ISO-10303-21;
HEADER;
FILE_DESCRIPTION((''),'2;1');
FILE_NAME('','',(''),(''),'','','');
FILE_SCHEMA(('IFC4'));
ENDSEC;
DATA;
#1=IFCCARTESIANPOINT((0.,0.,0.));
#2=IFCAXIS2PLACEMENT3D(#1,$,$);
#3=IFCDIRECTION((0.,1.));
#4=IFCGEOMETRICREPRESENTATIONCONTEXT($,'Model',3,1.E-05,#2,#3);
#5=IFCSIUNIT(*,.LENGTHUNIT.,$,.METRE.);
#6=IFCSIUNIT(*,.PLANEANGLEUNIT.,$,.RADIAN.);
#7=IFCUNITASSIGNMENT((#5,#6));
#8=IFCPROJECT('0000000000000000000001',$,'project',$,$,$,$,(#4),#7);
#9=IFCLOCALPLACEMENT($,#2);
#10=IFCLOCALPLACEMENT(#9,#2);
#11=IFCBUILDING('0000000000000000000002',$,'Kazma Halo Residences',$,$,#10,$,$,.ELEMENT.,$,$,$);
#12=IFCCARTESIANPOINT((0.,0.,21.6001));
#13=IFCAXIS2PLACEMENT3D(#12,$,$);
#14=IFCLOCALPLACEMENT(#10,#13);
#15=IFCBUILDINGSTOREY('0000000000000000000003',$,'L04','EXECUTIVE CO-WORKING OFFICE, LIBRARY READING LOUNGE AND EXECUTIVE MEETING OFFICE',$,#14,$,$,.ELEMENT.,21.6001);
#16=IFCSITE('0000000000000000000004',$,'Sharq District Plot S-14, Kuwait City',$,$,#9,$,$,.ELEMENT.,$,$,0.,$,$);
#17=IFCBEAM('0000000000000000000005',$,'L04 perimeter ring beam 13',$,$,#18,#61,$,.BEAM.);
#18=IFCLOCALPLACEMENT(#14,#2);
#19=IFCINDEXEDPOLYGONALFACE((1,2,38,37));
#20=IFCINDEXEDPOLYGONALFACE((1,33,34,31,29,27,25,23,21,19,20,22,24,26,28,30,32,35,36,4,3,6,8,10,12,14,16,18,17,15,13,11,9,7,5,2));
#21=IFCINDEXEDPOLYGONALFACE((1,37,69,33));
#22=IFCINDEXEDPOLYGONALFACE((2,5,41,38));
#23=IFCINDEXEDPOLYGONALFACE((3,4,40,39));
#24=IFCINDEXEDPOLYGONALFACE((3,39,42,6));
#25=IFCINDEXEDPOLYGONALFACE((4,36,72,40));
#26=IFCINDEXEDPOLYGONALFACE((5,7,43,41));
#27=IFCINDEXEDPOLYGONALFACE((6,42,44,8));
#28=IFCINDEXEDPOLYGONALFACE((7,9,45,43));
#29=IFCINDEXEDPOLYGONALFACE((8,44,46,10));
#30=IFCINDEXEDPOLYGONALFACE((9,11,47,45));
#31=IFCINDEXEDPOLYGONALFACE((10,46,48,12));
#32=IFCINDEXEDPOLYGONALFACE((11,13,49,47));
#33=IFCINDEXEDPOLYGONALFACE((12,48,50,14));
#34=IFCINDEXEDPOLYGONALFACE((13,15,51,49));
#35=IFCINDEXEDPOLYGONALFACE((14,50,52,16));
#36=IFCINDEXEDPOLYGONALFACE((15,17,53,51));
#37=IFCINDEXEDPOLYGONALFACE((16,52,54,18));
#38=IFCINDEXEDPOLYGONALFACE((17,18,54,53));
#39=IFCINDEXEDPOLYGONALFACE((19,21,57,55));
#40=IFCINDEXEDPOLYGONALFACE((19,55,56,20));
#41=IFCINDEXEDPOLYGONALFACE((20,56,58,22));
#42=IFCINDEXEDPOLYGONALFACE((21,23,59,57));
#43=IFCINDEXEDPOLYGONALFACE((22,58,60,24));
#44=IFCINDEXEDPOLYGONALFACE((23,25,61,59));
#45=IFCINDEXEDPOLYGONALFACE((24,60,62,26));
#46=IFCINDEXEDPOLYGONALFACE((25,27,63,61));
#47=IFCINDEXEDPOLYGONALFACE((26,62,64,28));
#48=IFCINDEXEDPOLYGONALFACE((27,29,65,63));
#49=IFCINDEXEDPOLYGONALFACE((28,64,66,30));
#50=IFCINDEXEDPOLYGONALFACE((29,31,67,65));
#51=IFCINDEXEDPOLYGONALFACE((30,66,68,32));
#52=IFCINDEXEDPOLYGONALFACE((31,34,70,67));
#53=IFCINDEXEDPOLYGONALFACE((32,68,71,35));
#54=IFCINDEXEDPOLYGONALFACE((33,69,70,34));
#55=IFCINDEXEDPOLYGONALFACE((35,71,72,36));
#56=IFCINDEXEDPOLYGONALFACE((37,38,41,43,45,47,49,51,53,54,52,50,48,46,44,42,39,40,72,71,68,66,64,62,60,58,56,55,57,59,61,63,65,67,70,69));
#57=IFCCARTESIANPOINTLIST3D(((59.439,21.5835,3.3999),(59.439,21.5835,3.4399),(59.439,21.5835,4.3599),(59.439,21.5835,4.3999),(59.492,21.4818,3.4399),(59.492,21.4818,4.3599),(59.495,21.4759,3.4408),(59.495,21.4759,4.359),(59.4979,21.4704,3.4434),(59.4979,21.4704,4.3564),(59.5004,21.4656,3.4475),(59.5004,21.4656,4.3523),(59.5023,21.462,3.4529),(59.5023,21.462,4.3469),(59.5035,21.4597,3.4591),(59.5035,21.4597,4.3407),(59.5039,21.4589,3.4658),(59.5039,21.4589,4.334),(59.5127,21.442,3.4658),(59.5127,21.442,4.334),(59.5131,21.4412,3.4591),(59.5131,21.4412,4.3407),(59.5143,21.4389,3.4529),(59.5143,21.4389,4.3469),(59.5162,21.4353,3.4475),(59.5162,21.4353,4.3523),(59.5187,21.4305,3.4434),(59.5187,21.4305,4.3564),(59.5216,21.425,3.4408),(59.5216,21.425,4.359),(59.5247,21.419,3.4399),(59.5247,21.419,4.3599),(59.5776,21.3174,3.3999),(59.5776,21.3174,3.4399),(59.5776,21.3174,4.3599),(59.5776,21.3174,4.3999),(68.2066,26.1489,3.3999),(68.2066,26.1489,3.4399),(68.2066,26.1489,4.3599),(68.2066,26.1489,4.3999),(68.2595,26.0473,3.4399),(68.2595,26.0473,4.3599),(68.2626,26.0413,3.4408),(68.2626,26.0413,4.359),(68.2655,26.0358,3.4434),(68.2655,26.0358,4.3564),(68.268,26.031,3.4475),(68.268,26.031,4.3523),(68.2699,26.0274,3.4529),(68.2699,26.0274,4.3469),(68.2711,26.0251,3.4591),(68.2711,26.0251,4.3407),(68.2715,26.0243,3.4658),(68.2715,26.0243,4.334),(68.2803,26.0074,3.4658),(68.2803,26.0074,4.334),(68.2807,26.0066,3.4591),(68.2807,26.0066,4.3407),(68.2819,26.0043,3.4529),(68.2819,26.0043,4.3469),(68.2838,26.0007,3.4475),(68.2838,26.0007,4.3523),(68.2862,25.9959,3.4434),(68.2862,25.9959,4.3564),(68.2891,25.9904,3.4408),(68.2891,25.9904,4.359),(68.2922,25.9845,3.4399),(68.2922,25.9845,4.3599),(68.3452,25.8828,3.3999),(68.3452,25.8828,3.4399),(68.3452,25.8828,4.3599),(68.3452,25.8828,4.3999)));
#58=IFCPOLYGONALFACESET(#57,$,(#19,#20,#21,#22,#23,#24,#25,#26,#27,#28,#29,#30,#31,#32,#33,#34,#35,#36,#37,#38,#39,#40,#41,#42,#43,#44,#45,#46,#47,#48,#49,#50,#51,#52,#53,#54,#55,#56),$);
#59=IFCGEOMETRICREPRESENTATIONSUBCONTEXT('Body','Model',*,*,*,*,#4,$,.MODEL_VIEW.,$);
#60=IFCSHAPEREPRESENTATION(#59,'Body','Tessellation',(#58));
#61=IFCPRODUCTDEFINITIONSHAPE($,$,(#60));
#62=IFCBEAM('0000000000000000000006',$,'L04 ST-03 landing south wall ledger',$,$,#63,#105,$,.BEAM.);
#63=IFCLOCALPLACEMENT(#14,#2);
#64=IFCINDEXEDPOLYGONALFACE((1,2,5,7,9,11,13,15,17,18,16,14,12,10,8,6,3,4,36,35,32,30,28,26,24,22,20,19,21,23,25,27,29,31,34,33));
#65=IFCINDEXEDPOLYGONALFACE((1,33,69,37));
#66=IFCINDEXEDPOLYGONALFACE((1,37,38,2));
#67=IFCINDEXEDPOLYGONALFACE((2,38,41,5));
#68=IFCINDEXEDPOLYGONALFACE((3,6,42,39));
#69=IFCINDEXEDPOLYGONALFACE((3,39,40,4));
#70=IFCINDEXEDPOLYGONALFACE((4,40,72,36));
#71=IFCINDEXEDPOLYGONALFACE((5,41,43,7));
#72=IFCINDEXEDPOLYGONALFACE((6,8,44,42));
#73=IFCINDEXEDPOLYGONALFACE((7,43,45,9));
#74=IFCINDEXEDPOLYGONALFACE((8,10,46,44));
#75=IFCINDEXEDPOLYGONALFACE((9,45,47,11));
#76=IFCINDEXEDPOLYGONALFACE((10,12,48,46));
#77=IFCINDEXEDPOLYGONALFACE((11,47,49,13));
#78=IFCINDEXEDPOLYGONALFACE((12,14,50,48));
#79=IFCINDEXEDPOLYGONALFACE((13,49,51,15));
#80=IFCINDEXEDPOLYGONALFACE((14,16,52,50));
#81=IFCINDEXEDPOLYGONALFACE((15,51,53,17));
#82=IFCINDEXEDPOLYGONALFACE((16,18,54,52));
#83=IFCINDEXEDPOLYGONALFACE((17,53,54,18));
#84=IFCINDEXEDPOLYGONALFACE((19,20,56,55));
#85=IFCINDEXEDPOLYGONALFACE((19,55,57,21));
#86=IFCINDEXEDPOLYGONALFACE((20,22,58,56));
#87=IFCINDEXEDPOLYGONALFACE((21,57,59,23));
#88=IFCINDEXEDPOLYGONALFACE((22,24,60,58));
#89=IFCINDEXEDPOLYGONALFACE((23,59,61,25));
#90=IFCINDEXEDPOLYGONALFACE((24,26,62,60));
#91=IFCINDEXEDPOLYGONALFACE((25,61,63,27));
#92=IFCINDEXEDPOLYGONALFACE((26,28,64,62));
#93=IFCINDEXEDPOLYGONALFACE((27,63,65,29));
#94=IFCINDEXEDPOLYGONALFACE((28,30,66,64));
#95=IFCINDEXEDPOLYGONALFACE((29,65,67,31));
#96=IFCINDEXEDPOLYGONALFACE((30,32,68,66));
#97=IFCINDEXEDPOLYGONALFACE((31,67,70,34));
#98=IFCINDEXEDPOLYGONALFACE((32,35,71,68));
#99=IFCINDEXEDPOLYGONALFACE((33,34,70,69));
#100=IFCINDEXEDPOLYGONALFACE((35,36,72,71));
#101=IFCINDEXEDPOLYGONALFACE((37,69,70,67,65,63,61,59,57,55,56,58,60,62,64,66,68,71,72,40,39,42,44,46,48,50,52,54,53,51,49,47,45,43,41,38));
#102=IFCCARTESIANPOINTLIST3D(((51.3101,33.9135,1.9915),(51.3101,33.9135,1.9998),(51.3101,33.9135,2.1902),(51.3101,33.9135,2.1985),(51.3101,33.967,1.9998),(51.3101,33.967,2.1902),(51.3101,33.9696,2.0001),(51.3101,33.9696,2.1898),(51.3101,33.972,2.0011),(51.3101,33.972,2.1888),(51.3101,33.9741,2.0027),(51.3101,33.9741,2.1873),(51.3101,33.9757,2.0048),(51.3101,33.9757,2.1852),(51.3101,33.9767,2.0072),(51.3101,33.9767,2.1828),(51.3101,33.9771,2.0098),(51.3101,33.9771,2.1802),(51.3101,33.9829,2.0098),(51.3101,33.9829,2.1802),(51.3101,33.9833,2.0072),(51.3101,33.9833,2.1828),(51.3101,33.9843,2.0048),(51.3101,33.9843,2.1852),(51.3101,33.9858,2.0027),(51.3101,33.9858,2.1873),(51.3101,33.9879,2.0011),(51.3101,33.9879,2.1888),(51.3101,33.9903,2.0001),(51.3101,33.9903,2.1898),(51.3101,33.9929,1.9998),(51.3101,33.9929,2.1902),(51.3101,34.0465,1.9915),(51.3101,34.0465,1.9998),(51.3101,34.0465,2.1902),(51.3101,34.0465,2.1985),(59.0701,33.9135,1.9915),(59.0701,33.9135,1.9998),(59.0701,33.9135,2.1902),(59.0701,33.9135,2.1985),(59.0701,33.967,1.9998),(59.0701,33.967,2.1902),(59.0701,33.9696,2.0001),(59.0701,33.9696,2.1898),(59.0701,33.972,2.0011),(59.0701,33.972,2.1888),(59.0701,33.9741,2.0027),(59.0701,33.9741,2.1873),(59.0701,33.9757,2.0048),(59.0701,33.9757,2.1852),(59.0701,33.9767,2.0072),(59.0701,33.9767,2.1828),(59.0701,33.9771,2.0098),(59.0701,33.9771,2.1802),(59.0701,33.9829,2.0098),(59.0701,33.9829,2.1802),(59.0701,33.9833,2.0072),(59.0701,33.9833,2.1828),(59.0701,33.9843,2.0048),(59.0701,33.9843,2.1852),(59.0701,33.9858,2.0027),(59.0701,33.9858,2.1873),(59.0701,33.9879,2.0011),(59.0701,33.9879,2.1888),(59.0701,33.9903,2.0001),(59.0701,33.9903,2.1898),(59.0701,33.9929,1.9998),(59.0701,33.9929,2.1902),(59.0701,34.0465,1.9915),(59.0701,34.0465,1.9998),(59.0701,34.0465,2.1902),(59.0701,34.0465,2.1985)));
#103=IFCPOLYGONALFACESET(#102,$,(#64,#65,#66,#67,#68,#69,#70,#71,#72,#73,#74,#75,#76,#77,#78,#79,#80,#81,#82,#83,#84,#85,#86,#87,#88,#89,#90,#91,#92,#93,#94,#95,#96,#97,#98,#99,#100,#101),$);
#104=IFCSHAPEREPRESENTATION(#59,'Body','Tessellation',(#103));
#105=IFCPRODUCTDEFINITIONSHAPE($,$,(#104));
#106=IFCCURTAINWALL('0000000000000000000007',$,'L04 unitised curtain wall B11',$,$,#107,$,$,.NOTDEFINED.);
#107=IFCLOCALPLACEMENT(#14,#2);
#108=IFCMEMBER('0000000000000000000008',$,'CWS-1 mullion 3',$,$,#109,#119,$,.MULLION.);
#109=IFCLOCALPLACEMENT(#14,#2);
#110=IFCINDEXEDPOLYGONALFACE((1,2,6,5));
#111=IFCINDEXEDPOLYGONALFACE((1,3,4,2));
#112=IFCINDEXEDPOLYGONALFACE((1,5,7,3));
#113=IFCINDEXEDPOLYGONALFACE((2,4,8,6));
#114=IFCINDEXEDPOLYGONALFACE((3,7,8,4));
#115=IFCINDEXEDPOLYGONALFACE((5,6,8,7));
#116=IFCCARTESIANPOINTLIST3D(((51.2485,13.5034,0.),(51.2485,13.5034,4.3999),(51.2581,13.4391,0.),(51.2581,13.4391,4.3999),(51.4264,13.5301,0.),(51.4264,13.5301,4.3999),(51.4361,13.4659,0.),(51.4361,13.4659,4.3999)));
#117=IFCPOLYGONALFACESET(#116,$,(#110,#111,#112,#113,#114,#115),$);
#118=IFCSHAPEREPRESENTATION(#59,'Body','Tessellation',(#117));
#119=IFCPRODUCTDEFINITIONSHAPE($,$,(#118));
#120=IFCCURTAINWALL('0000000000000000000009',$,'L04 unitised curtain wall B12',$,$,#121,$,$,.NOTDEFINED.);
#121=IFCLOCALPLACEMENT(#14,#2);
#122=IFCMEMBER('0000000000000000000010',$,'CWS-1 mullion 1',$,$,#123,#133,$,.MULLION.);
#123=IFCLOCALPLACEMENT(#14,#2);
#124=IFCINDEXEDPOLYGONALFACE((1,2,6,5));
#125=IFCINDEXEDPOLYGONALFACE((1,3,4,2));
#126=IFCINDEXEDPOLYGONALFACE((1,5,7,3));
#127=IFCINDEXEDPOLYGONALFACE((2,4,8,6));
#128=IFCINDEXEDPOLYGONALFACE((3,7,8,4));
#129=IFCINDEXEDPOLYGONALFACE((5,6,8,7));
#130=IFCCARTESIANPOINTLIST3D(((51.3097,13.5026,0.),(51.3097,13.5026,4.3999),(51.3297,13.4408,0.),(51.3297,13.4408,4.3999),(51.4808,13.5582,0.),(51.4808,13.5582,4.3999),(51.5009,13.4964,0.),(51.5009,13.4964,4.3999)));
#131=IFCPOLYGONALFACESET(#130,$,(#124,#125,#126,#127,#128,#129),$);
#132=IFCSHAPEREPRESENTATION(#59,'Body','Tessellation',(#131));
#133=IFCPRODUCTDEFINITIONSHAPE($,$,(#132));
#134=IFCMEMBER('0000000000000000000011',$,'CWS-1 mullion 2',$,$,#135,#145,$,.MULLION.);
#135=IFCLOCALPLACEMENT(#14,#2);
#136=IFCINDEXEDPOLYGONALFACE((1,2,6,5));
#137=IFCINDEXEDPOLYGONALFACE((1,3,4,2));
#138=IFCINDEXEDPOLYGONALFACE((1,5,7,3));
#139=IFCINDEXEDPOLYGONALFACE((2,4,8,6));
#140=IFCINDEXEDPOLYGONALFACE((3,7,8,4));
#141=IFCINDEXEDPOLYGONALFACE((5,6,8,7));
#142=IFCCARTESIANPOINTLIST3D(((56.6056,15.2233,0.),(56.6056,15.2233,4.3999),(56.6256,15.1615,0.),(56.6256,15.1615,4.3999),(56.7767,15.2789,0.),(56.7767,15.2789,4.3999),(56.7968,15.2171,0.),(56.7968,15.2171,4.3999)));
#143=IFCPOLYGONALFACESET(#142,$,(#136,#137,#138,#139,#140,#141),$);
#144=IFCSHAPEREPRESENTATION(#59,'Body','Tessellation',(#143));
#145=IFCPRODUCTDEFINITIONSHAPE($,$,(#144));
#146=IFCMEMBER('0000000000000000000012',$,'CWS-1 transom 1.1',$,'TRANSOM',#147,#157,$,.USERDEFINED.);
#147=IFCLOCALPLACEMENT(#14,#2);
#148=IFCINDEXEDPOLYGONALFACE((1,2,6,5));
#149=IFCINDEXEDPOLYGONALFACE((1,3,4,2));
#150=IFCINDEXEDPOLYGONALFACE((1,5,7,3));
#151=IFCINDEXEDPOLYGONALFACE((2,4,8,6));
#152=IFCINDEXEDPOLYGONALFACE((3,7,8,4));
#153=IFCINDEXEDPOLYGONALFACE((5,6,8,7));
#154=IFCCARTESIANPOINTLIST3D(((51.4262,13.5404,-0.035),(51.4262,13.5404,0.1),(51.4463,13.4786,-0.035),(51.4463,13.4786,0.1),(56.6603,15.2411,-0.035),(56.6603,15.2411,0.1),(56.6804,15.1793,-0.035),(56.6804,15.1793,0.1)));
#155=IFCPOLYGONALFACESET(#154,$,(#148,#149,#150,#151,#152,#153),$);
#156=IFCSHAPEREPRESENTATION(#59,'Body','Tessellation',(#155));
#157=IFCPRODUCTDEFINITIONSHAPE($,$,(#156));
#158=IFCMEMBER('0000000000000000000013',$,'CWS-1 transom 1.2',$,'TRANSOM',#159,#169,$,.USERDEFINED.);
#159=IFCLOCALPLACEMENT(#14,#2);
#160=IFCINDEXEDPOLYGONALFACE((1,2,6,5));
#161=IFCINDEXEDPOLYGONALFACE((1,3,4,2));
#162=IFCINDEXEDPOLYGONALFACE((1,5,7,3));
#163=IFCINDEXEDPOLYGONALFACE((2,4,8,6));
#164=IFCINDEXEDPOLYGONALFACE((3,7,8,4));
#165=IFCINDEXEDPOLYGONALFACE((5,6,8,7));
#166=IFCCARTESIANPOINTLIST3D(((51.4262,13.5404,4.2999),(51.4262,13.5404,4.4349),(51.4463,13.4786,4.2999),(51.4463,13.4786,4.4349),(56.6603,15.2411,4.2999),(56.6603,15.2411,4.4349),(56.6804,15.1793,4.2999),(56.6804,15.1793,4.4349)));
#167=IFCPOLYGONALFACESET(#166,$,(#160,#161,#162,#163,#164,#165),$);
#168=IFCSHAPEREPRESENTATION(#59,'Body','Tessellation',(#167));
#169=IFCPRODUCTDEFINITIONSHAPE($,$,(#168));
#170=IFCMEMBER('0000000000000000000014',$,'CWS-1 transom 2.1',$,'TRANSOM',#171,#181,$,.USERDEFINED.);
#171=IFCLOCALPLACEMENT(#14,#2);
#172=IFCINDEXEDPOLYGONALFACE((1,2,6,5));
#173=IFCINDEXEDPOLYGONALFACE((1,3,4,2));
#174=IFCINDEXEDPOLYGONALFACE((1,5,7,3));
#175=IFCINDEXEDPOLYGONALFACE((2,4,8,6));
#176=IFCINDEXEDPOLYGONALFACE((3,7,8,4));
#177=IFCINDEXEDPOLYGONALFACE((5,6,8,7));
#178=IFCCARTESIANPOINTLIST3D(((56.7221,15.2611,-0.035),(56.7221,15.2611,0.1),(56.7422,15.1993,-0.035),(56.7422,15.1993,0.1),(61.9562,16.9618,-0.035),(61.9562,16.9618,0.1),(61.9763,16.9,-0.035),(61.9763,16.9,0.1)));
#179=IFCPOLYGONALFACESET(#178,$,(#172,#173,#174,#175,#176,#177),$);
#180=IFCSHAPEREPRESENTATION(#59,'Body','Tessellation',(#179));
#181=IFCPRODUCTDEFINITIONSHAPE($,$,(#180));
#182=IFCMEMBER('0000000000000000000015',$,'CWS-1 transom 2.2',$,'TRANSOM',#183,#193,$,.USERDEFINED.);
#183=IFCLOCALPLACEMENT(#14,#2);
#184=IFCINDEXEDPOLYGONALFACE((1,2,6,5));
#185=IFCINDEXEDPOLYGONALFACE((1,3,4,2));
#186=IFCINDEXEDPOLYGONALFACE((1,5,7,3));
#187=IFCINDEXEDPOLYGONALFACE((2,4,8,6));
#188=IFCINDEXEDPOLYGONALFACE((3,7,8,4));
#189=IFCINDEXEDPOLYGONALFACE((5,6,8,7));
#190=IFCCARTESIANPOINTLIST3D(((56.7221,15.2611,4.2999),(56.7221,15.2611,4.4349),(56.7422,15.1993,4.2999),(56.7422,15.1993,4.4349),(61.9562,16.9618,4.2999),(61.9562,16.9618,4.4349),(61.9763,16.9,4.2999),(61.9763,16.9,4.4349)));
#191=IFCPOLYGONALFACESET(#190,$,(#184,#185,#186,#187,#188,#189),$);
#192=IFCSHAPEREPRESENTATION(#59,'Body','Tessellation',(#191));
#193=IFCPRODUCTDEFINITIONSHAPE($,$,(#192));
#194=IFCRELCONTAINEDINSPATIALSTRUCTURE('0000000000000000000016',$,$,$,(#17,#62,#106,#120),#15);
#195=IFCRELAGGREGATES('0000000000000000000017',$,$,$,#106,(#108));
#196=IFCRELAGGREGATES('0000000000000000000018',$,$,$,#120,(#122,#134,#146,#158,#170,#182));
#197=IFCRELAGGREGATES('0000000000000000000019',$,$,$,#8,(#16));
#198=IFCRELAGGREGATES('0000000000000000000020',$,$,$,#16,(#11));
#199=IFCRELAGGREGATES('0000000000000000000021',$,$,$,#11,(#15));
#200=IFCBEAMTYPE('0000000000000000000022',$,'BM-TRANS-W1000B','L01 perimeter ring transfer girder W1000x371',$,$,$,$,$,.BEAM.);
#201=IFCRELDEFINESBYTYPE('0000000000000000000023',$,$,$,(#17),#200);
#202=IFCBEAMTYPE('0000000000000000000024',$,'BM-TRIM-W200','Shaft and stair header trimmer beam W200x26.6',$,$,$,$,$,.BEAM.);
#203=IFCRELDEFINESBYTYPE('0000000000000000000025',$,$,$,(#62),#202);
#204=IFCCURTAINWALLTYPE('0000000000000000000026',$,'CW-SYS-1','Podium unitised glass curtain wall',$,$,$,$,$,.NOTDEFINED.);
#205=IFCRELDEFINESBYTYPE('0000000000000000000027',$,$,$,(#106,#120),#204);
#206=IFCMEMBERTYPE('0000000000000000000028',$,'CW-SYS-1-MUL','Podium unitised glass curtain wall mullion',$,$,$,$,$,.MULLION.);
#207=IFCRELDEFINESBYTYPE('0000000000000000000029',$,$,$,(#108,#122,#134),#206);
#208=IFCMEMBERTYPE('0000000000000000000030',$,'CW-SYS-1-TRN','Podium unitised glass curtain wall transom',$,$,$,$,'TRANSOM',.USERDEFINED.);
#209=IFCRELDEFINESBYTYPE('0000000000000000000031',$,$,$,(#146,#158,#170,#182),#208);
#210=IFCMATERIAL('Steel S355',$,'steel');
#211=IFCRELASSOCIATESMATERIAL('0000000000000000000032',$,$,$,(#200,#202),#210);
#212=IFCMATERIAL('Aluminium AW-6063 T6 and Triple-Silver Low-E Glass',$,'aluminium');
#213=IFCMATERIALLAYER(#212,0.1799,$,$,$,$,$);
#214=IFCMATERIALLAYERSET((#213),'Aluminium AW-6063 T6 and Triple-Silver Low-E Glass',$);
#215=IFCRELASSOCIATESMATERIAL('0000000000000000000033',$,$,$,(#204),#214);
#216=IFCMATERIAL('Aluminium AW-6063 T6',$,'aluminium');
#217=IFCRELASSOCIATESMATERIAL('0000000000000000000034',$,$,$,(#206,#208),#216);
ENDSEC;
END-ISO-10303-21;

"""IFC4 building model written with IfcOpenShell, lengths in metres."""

from ifc_helpers import new_model, si_unit, direction, frame, origin, origin_2d, place, context, subcontext, project, spatial, rectangle, i_section, extrude, material, layer, layer_set, material_profile, profile_set, type_object, element, aggregate, save


model = new_model("IFC4")

# Units and contexts
model_context = context("Model", 3, precision=1e-05, world=origin(), true_north=direction((0.0, 1.0)))
body_context = subcontext(model_context, "Body", "Model", "MODEL_VIEW")
ifc_project = project(units=[si_unit("LENGTHUNIT", "METRE"), si_unit("PLANEANGLEUNIT", "RADIAN")], contexts=[model_context])

# Site, building, storey
site_placement = place(None, origin())
site = spatial("IfcSite", under=ifc_project, at=site_placement, Name="Sharq District Plot S-14, Kuwait City", CompositionType="ELEMENT", RefElevation=0.0)
building_placement = place(site_placement, origin())
building = spatial("IfcBuilding", under=site, at=building_placement, Name="Kazma Halo Residences", CompositionType="ELEMENT")
storey_placement = place(building_placement, frame((0.0, 0.0, 21.6001)))
storey = spatial("IfcBuildingStorey", under=building, at=storey_placement, Name="L04", Description="EXECUTIVE CO-WORKING OFFICE, LIBRARY READING LOUNGE AND EXECUTIVE MEETING OFFICE", CompositionType="ELEMENT", Elevation=21.6001)

# Beams
ifc_material_1 = material(Name="Steel S355", Category="steel")
ifc_material_profile_1 = material_profile(ifc_material_1, i_section(OverallWidth=0.3, OverallDepth=1.0, WebThickness=0.019, FlangeThickness=0.04, FilletRadius=0.0259, at=origin_2d()), Name="W1000x371")
ifc_profile_set_1 = profile_set([ifc_material_profile_1], Name="Steel S355")
beam_type_1 = type_object("IfcBeamType", Name="BM-TRANS-W1000B", Description="L01 perimeter ring transfer girder W1000x371", PredefinedType="BEAM", material=ifc_profile_set_1)
beam_1_placement = place(storey_placement, frame((59.5083, 21.4504, 3.8999), z_axis=(0.886956, 0.461853, 0.0), x_axis=(-0.461853, 0.886956, 0.0)))
element("IfcBeam", 1, at=beam_1_placement, inside=storey, type_object=beam_type_1, Name="L04 perimeter ring beam 13", PredefinedType="BEAM", context=body_context, shape_type="SweptSolid", body=[
    extrude(i_section(OverallWidth=0.3, OverallDepth=1.0, WebThickness=0.019, FlangeThickness=0.04, FilletRadius=0.0259, at=origin_2d()), origin(), (0.0, 0.0, 1.0), 9.885),
])
ifc_material_profile_2 = material_profile(ifc_material_1, i_section(OverallWidth=0.1331, OverallDepth=0.207, WebThickness=0.0059, FlangeThickness=0.0083, FilletRadius=0.01, at=origin_2d()), Name="W200x26.6")
ifc_profile_set_2 = profile_set([ifc_material_profile_2], Name="Steel S355")
beam_type_2 = type_object("IfcBeamType", Name="BM-TRIM-W200", Description="Shaft and stair header trimmer beam W200x26.6", PredefinedType="BEAM", material=ifc_profile_set_2)
beam_2_placement = place(storey_placement, frame((51.3101, 33.98, 2.095), z_axis=(1.0, 0.0, 0.0), x_axis=(0.0, 1.0, 0.0)))
element("IfcBeam", 2, at=beam_2_placement, inside=storey, type_object=beam_type_2, Name="L04 ST-03 landing south wall ledger", PredefinedType="BEAM", context=body_context, shape_type="SweptSolid", body=[
    extrude(i_section(OverallWidth=0.1331, OverallDepth=0.207, WebThickness=0.0059, FlangeThickness=0.0083, FilletRadius=0.01, at=origin_2d()), origin(), (0.0, 0.0, 1.0), 7.76),
])

# Curtain wall, member
ifc_material_2 = material(Name="Aluminium AW-6063 T6 and Triple-Silver Low-E Glass", Category="aluminium")
ifc_layer_1 = layer(ifc_material_2, 0.1799)
ifc_layer_set_1 = layer_set([ifc_layer_1], Name="Aluminium AW-6063 T6 and Triple-Silver Low-E Glass")
curtain_wall_type = type_object("IfcCurtainWallType", Name="CW-SYS-1", Description="Podium unitised glass curtain wall", PredefinedType="NOTDEFINED", material=ifc_layer_set_1)
curtain_wall_1_placement = place(storey_placement, origin())
curtain_wall_1 = element("IfcCurtainWall", 3, at=curtain_wall_1_placement, inside=storey, type_object=curtain_wall_type, Name="L04 unitised curtain wall B11", PredefinedType="NOTDEFINED")
ifc_material_3 = material(Name="Aluminium AW-6063 T6", Category="aluminium")
ifc_material_profile_3 = material_profile(ifc_material_3, rectangle(XDim=0.0649, YDim=0.1799, at=origin_2d()), Name="CWM-65x180")
ifc_profile_set_3 = profile_set([ifc_material_profile_3], Name="Aluminium AW-6063 T6")
member_type_1 = type_object("IfcMemberType", Name="CW-SYS-1-MUL", Description="Podium unitised glass curtain wall mullion", PredefinedType="MULLION", material=ifc_profile_set_3)
member_1_placement = place(storey_placement, frame((51.3423, 13.4846, 0.0), z_axis=(0.0, 0.0, 1.0), x_axis=(-0.148549, 0.988905, 0.0)))
member_1 = element("IfcMember", 4, at=member_1_placement, type_object=member_type_1, Name="CWS-1 mullion 3", PredefinedType="MULLION", context=body_context, shape_type="SweptSolid", body=[
    extrude(rectangle(XDim=0.0649, YDim=0.1799, at=origin_2d()), origin(), (0.0, 0.0, 1.0), 4.3999),
])
aggregate(curtain_wall_1, [member_1])

# Curtain wall, members
curtain_wall_2_placement = place(storey_placement, origin())
curtain_wall_2 = element("IfcCurtainWall", 5, at=curtain_wall_2_placement, inside=storey, type_object=curtain_wall_type, Name="L04 unitised curtain wall B12", PredefinedType="NOTDEFINED")
member_2_placement = place(storey_placement, frame((51.4053, 13.4995, 0.0), z_axis=(0.0, 0.0, 1.0), x_axis=(-0.309017, 0.951056, 0.0)))
member_2 = element("IfcMember", 6, at=member_2_placement, type_object=member_type_1, Name="CWS-1 mullion 1", PredefinedType="MULLION", context=body_context, shape_type="SweptSolid", body=[
    extrude(rectangle(XDim=0.0649, YDim=0.1799, at=origin_2d()), origin(), (0.0, 0.0, 1.0), 4.3999),
])
member_3_placement = place(storey_placement, frame((56.7012, 15.2202, 0.0), z_axis=(0.0, 0.0, 1.0), x_axis=(-0.309017, 0.951056, 0.0)))
member_3 = element("IfcMember", 7, at=member_3_placement, type_object=member_type_1, Name="CWS-1 mullion 2", PredefinedType="MULLION", context=body_context, shape_type="SweptSolid", body=[
    extrude(rectangle(XDim=0.0649, YDim=0.1799, at=origin_2d()), origin(), (0.0, 0.0, 1.0), 4.3999),
])
ifc_material_profile_4 = material_profile(ifc_material_3, rectangle(XDim=0.0649, YDim=0.135, at=origin_2d()), Name="CWT-65x135")
ifc_profile_set_4 = profile_set([ifc_material_profile_4], Name="Aluminium AW-6063 T6")
member_type_2 = type_object("IfcMemberType", Name="CW-SYS-1-TRN", Description="Podium unitised glass curtain wall transom", ElementType="TRANSOM", PredefinedType="USERDEFINED", material=ifc_profile_set_4)
member_4_placement = place(storey_placement, frame((51.4363, 13.5095, 0.0325), z_axis=(0.951056, 0.309019, 0.0), x_axis=(-0.309019, 0.951056, 0.0)))
member_4 = element("IfcMember", 8, at=member_4_placement, type_object=member_type_2, Name="CWS-1 transom 1.1", ObjectType="TRANSOM", PredefinedType="USERDEFINED", context=body_context, shape_type="SweptSolid", body=[
    extrude(rectangle(XDim=0.0649, YDim=0.135, at=origin_2d()), origin(), (0.0, 0.0, 1.0), 5.5034),
])
member_5_placement = place(storey_placement, frame((51.4363, 13.5095, 4.3674), z_axis=(0.951056, 0.309019, 0.0), x_axis=(-0.309019, 0.951056, 0.0)))
member_5 = element("IfcMember", 9, at=member_5_placement, type_object=member_type_2, Name="CWS-1 transom 1.2", ObjectType="TRANSOM", PredefinedType="USERDEFINED", context=body_context, shape_type="SweptSolid", body=[
    extrude(rectangle(XDim=0.0649, YDim=0.135, at=origin_2d()), origin(), (0.0, 0.0, 1.0), 5.5034),
])
member_6_placement = place(storey_placement, frame((56.7322, 15.2302, 0.0325), z_axis=(0.951056, 0.309019, 0.0), x_axis=(-0.309019, 0.951056, 0.0)))
member_6 = element("IfcMember", 10, at=member_6_placement, type_object=member_type_2, Name="CWS-1 transom 2.1", ObjectType="TRANSOM", PredefinedType="USERDEFINED", context=body_context, shape_type="SweptSolid", body=[
    extrude(rectangle(XDim=0.0649, YDim=0.135, at=origin_2d()), origin(), (0.0, 0.0, 1.0), 5.5034),
])
member_7_placement = place(storey_placement, frame((56.7322, 15.2302, 4.3674), z_axis=(0.951056, 0.309019, 0.0), x_axis=(-0.309019, 0.951056, 0.0)))
member_7 = element("IfcMember", 11, at=member_7_placement, type_object=member_type_2, Name="CWS-1 transom 2.2", ObjectType="TRANSOM", PredefinedType="USERDEFINED", context=body_context, shape_type="SweptSolid", body=[
    extrude(rectangle(XDim=0.0649, YDim=0.135, at=origin_2d()), origin(), (0.0, 0.0, 1.0), 5.5034),
])
aggregate(curtain_wall_2, [member_2, member_3, member_4, member_5, member_6, member_7])

save(model, "model.ifc")
